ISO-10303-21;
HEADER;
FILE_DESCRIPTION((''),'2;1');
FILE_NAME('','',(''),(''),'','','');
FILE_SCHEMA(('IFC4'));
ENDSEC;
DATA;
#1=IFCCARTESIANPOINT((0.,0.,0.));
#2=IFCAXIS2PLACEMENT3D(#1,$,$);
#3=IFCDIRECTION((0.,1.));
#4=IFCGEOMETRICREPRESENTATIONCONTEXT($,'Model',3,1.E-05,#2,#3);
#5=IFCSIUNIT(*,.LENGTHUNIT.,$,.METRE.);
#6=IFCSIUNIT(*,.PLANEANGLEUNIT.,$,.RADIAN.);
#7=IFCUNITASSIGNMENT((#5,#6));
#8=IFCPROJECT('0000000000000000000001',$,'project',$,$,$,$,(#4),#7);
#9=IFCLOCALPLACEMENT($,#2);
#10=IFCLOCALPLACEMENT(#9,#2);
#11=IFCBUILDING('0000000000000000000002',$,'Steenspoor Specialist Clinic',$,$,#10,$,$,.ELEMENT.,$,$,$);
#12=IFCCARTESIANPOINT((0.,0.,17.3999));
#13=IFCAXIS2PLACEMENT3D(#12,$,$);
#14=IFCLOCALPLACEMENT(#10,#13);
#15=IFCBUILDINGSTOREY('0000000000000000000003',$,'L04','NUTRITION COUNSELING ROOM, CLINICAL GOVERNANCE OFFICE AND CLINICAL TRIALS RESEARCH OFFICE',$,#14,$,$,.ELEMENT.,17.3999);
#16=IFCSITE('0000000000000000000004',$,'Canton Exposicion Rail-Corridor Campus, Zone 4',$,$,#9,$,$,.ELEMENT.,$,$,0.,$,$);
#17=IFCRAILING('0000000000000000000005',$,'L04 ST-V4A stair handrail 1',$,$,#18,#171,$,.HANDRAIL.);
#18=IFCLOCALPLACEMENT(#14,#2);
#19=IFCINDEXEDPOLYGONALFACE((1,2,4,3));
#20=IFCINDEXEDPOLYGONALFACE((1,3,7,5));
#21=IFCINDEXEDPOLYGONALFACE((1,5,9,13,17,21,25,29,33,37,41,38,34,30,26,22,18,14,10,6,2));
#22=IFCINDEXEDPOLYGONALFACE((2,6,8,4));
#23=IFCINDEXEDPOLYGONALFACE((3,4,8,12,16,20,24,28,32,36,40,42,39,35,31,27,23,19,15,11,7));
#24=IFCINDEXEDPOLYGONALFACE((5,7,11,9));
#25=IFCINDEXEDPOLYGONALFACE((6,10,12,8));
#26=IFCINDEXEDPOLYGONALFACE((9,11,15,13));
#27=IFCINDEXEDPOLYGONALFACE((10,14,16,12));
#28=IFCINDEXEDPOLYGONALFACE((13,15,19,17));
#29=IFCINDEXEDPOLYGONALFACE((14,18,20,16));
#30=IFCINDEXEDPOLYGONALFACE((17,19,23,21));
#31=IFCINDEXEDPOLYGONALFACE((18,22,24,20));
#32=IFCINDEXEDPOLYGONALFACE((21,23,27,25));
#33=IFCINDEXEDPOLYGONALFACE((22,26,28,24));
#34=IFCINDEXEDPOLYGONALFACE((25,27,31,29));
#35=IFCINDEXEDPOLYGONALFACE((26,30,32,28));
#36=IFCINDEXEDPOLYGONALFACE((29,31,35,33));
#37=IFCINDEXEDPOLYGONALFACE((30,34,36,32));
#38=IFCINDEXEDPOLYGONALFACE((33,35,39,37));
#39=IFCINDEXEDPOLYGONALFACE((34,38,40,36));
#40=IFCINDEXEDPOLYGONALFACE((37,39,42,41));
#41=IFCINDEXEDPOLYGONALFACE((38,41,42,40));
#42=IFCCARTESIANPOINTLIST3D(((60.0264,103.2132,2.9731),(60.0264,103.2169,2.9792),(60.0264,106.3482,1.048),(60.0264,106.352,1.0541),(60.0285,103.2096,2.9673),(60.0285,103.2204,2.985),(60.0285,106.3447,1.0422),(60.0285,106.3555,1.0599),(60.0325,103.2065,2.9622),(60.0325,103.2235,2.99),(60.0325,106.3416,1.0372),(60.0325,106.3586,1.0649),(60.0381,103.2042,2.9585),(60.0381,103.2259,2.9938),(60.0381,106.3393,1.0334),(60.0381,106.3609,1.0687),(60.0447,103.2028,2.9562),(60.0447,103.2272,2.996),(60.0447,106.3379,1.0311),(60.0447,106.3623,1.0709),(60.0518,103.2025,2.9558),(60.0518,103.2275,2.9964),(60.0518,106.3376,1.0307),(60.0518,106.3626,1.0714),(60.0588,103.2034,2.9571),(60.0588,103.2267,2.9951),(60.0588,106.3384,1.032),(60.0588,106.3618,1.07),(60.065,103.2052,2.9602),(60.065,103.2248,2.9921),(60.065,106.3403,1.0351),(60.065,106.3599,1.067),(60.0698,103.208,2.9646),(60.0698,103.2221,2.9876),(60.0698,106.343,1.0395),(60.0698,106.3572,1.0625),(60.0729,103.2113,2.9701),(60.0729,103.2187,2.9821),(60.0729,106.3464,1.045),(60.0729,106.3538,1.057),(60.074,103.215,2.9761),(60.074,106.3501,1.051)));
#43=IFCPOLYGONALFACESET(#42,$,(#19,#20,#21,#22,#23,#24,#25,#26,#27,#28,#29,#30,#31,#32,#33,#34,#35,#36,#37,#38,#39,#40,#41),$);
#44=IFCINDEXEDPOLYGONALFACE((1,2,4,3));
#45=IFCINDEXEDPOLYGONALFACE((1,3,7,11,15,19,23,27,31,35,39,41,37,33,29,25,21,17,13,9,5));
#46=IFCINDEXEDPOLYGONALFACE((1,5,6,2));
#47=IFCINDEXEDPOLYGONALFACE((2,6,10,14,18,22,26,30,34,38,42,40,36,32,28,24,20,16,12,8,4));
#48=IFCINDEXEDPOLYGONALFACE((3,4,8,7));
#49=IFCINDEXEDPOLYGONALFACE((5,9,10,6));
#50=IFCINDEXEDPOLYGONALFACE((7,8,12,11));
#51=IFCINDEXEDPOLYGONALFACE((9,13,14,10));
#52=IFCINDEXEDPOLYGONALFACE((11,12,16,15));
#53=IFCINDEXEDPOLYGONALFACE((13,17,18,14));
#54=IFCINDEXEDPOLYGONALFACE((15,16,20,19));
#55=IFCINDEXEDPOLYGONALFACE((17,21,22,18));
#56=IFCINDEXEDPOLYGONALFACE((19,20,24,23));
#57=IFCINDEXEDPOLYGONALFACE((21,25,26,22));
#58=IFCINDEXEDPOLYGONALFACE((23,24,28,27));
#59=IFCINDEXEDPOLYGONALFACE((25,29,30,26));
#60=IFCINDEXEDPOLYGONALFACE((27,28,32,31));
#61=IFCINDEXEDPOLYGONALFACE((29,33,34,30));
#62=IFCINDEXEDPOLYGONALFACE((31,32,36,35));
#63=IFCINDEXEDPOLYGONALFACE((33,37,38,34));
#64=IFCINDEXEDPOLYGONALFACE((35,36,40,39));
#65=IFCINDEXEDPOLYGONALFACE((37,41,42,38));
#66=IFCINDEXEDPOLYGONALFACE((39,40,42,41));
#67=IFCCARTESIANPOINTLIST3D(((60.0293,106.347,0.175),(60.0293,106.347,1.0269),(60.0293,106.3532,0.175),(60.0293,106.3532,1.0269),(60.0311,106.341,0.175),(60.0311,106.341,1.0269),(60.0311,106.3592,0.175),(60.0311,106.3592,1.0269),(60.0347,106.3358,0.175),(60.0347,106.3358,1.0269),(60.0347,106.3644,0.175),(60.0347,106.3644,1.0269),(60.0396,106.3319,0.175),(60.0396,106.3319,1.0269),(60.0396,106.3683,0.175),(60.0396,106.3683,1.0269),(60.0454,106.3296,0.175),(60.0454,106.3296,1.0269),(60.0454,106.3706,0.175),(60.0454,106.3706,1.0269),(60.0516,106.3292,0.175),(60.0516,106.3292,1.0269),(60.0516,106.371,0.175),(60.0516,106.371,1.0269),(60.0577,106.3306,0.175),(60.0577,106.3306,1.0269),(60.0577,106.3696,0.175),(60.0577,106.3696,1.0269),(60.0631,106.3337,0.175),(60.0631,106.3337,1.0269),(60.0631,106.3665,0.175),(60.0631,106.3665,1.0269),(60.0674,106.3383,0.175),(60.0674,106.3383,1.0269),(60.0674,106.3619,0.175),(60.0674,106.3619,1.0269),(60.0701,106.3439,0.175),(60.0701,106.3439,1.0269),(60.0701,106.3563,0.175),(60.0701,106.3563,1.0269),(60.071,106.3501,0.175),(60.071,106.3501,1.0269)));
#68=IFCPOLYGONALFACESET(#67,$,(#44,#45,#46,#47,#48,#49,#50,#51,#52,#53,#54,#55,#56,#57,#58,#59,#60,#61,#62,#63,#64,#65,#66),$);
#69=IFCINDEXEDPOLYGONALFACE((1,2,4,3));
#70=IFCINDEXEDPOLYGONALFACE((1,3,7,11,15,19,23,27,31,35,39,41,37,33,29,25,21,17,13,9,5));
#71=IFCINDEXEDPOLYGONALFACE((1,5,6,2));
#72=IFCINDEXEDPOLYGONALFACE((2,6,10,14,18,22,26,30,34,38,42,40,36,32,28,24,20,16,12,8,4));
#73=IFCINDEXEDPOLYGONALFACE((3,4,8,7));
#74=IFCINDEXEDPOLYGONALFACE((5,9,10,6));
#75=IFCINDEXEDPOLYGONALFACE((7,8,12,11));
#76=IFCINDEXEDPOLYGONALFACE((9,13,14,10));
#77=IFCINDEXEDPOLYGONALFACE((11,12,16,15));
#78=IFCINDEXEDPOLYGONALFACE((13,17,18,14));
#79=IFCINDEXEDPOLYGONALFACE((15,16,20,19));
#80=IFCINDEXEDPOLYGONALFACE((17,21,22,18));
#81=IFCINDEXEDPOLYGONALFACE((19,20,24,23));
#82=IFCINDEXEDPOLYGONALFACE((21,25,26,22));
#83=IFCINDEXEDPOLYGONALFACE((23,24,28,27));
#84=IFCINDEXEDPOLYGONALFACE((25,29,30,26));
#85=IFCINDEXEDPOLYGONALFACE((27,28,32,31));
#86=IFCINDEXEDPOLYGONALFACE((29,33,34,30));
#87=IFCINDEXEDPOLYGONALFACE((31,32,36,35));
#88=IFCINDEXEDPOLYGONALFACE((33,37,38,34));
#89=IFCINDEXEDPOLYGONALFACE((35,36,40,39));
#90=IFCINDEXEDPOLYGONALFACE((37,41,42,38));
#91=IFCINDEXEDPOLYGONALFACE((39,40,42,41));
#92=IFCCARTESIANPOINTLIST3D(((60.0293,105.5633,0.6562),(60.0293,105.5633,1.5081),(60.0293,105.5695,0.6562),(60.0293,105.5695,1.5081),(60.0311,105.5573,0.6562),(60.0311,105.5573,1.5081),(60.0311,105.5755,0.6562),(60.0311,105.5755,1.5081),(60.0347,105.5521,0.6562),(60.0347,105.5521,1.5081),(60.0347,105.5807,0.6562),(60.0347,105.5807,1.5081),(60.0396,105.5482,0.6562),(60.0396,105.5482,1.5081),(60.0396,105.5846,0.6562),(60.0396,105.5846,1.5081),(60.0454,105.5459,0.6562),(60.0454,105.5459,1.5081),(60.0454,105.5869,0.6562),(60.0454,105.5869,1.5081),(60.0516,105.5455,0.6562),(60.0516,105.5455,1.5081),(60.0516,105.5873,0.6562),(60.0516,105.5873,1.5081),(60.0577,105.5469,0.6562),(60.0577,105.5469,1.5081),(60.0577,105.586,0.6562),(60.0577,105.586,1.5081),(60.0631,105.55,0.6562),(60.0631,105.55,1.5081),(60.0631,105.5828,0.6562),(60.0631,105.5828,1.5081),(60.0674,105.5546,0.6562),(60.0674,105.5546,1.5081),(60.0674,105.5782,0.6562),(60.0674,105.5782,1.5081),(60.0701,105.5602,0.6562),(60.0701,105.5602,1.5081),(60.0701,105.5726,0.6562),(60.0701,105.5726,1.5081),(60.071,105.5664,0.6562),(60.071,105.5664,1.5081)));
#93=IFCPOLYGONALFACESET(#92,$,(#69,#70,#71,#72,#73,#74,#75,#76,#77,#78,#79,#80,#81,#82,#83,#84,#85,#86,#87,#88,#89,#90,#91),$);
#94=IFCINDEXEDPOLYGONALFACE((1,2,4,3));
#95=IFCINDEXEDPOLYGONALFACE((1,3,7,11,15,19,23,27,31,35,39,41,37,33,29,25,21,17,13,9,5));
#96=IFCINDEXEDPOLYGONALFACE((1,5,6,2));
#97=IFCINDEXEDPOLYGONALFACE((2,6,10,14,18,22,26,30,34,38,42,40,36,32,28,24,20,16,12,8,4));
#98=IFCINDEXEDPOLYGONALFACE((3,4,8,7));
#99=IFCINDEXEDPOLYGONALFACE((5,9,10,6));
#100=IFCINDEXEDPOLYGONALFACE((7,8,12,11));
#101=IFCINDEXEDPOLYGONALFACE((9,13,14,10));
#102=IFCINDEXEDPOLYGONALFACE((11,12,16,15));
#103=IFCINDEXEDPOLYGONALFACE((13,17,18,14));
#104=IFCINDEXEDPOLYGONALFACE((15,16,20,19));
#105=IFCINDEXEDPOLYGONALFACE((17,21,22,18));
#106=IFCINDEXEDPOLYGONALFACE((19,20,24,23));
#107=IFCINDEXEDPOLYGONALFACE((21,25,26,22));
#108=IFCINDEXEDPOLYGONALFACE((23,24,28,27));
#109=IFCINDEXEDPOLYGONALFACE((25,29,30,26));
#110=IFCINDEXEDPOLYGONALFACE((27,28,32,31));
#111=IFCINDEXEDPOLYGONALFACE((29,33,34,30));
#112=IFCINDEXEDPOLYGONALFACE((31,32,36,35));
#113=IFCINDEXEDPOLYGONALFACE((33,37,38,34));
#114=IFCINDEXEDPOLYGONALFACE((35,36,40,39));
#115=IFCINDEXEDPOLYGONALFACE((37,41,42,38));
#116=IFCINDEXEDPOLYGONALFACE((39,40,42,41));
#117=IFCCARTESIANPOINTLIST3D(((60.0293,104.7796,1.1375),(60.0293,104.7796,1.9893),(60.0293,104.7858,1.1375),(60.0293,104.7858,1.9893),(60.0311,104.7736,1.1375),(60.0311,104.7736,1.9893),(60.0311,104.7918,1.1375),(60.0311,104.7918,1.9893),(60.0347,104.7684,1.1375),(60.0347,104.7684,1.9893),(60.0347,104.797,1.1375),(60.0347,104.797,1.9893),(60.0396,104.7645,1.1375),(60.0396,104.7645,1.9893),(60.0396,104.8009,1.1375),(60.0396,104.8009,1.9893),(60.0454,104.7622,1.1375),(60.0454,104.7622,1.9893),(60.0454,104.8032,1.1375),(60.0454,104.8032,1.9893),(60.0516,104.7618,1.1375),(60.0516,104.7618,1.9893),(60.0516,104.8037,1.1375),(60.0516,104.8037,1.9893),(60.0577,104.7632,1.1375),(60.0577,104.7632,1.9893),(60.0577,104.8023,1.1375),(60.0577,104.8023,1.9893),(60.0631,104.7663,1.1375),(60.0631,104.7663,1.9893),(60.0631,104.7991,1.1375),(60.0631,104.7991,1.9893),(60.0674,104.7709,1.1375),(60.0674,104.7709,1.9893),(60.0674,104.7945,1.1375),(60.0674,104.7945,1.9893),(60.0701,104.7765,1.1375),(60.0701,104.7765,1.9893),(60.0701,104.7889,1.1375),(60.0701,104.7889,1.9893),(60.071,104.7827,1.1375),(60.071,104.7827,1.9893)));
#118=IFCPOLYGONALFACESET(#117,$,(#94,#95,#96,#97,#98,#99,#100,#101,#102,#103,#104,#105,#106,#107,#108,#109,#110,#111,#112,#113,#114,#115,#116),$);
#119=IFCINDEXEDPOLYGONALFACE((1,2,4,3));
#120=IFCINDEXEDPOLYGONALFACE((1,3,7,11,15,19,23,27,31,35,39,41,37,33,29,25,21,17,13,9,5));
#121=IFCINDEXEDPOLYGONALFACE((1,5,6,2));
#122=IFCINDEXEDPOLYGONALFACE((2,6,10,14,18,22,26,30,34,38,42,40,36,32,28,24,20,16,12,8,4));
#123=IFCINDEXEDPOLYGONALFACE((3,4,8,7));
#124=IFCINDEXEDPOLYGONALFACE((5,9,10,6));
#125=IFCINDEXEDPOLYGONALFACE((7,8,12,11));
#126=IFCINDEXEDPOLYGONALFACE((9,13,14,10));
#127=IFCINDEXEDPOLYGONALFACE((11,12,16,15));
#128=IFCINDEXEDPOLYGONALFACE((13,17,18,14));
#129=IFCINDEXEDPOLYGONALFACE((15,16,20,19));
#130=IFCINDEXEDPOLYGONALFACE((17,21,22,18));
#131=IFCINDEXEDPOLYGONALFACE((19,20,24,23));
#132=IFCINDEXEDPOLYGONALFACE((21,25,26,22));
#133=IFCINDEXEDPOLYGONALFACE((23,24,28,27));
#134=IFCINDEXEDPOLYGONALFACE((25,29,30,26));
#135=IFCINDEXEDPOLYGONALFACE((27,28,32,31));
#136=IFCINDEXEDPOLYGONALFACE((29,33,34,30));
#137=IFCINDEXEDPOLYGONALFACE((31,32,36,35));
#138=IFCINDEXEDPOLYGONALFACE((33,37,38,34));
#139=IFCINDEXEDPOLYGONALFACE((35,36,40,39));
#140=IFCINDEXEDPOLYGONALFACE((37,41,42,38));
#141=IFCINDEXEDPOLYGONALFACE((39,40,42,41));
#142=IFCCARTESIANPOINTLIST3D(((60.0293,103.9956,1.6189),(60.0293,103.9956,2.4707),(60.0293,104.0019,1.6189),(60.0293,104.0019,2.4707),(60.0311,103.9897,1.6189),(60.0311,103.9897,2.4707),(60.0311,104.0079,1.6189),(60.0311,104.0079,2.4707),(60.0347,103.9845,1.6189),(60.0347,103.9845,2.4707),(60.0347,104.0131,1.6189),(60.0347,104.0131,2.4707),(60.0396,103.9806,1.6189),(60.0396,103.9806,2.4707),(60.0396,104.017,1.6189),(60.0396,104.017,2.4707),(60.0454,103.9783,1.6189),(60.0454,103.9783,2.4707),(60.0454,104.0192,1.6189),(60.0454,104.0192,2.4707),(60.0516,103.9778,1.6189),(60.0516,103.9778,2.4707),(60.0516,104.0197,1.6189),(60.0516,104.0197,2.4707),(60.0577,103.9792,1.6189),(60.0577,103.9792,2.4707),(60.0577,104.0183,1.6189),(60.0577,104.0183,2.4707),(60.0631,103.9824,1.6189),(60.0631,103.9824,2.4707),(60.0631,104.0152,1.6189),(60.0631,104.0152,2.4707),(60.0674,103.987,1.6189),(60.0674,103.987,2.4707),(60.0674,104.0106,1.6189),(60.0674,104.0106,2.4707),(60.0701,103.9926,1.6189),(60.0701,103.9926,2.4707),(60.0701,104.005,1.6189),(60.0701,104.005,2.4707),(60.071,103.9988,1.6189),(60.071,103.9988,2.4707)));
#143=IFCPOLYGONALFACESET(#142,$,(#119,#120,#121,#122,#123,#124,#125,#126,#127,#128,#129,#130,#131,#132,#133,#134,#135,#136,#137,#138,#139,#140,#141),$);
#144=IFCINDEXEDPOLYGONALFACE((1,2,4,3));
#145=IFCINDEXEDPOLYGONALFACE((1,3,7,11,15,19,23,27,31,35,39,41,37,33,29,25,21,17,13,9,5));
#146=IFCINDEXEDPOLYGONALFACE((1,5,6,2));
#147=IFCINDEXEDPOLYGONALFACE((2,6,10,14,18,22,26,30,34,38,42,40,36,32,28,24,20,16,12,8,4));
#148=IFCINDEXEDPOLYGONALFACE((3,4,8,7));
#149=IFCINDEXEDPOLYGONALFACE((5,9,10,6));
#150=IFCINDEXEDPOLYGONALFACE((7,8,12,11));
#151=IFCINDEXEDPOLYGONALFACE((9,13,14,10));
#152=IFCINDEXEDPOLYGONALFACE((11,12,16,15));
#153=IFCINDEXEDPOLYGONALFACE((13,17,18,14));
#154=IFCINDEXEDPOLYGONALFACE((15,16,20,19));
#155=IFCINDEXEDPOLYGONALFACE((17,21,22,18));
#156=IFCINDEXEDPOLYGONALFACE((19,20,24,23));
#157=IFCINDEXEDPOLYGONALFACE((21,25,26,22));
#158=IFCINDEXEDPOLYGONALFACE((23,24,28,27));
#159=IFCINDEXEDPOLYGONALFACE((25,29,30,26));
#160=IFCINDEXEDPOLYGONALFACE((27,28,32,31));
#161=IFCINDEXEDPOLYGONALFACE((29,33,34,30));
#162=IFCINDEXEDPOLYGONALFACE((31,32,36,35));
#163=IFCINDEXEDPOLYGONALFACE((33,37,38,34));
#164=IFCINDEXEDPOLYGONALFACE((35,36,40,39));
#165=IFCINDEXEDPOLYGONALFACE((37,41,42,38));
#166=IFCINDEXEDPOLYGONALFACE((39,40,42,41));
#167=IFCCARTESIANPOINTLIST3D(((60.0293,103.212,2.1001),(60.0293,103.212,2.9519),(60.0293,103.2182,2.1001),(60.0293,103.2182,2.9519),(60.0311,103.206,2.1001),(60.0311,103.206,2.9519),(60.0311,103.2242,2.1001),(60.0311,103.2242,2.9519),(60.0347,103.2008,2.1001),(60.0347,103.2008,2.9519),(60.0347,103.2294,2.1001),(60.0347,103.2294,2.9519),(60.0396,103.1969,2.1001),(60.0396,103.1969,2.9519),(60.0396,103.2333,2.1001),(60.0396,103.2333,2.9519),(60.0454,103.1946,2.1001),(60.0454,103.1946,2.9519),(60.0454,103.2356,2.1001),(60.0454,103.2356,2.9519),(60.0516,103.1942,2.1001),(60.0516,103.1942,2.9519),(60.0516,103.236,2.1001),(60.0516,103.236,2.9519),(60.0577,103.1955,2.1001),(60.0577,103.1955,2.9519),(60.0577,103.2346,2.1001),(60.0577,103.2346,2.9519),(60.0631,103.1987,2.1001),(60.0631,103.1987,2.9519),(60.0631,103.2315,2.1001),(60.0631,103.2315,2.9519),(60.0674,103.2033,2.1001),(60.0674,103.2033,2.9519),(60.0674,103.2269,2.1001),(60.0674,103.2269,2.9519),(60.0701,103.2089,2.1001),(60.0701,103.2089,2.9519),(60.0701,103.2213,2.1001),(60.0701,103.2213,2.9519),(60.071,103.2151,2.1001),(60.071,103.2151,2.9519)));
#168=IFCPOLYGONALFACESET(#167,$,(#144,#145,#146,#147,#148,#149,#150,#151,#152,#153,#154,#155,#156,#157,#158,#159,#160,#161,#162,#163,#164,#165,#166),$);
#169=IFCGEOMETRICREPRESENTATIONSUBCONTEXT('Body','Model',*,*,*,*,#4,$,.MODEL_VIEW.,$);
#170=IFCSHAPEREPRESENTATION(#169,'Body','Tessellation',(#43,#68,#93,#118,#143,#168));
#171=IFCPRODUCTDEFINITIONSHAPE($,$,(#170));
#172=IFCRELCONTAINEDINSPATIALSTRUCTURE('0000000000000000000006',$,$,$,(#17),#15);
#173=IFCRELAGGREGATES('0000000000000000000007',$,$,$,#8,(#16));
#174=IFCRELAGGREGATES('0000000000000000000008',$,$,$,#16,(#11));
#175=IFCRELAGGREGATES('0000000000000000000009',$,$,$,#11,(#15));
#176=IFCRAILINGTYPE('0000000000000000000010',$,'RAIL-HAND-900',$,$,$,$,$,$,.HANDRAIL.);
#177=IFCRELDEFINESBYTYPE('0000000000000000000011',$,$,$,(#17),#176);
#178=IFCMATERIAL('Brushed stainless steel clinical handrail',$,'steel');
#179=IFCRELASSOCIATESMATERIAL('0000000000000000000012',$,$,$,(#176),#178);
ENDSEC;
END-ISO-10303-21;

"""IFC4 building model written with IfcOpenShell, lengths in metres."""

from ifc_helpers import new_model, si_unit, direction, frame, origin, origin_2d, place, context, subcontext, project, spatial, circle, extrude, material, type_object, element, save


model = new_model("IFC4")

# Units and contexts
model_context = context("Model", 3, precision=1e-05, world=origin(), true_north=direction((0.0, 1.0)))
body_context = subcontext(model_context, "Body", "Model", "MODEL_VIEW")
ifc_project = project(units=[si_unit("LENGTHUNIT", "METRE"), si_unit("PLANEANGLEUNIT", "RADIAN")], contexts=[model_context])

# Site, building, storey
site_placement = place(None, origin())
site = spatial("IfcSite", under=ifc_project, at=site_placement, Name="Canton Exposicion Rail-Corridor Campus, Zone 4", CompositionType="ELEMENT", RefElevation=0.0)
building_placement = place(site_placement, origin())
building = spatial("IfcBuilding", under=site, at=building_placement, Name="Steenspoor Specialist Clinic", CompositionType="ELEMENT")
storey_placement = place(building_placement, frame((0.0, 0.0, 17.3999)))
storey = spatial("IfcBuildingStorey", under=building, at=storey_placement, Name="L04", Description="NUTRITION COUNSELING ROOM, CLINICAL GOVERNANCE OFFICE AND CLINICAL TRIALS RESEARCH OFFICE", CompositionType="ELEMENT", Elevation=17.3999)

# Railing
ifc_material_1 = material(Name="Brushed stainless steel clinical handrail", Category="steel")
railing_type_1 = type_object("IfcRailingType", Name="RAIL-HAND-900", PredefinedType="HANDRAIL", material=ifc_material_1)
railing_1_placement = place(storey_placement, frame((60.05, 106.3501, 0.175)))
element("IfcRailing", 1, at=railing_1_placement, inside=storey, type_object=railing_type_1, Name="L04 ST-V4A stair handrail 1", PredefinedType="HANDRAIL", context=body_context, shape_type="SweptSolid", body=[
    extrude(circle(Radius=0.0239, at=origin_2d()), frame((0.0, 0.0, 0.876), z_axis=(0.0, -0.852166, 0.523271), x_axis=(1.0, 0.0, 0.0)), (0.0, 0.0, 1.0), 3.679),
    extrude(circle(Radius=0.021, at=origin_2d()), origin(), (0.0, 0.0, 1.0), 0.8518),
    extrude(circle(Radius=0.021, at=origin_2d()), frame((0.0, -0.7837, 0.4812)), (0.0, 0.0, 1.0), 0.8518),
    extrude(circle(Radius=0.021, at=origin_2d()), frame((0.0, -1.5674, 0.9624)), (0.0, 0.0, 1.0), 0.8518),
    extrude(circle(Radius=0.021, at=origin_2d()), frame((0.0, -2.3513, 1.4438)), (0.0, 0.0, 1.0), 0.8518),
    extrude(circle(Radius=0.021, at=origin_2d()), frame((0.0, -3.135, 1.925)), (0.0, 0.0, 1.0), 0.8518),
])

save(model, "model.ifc")
